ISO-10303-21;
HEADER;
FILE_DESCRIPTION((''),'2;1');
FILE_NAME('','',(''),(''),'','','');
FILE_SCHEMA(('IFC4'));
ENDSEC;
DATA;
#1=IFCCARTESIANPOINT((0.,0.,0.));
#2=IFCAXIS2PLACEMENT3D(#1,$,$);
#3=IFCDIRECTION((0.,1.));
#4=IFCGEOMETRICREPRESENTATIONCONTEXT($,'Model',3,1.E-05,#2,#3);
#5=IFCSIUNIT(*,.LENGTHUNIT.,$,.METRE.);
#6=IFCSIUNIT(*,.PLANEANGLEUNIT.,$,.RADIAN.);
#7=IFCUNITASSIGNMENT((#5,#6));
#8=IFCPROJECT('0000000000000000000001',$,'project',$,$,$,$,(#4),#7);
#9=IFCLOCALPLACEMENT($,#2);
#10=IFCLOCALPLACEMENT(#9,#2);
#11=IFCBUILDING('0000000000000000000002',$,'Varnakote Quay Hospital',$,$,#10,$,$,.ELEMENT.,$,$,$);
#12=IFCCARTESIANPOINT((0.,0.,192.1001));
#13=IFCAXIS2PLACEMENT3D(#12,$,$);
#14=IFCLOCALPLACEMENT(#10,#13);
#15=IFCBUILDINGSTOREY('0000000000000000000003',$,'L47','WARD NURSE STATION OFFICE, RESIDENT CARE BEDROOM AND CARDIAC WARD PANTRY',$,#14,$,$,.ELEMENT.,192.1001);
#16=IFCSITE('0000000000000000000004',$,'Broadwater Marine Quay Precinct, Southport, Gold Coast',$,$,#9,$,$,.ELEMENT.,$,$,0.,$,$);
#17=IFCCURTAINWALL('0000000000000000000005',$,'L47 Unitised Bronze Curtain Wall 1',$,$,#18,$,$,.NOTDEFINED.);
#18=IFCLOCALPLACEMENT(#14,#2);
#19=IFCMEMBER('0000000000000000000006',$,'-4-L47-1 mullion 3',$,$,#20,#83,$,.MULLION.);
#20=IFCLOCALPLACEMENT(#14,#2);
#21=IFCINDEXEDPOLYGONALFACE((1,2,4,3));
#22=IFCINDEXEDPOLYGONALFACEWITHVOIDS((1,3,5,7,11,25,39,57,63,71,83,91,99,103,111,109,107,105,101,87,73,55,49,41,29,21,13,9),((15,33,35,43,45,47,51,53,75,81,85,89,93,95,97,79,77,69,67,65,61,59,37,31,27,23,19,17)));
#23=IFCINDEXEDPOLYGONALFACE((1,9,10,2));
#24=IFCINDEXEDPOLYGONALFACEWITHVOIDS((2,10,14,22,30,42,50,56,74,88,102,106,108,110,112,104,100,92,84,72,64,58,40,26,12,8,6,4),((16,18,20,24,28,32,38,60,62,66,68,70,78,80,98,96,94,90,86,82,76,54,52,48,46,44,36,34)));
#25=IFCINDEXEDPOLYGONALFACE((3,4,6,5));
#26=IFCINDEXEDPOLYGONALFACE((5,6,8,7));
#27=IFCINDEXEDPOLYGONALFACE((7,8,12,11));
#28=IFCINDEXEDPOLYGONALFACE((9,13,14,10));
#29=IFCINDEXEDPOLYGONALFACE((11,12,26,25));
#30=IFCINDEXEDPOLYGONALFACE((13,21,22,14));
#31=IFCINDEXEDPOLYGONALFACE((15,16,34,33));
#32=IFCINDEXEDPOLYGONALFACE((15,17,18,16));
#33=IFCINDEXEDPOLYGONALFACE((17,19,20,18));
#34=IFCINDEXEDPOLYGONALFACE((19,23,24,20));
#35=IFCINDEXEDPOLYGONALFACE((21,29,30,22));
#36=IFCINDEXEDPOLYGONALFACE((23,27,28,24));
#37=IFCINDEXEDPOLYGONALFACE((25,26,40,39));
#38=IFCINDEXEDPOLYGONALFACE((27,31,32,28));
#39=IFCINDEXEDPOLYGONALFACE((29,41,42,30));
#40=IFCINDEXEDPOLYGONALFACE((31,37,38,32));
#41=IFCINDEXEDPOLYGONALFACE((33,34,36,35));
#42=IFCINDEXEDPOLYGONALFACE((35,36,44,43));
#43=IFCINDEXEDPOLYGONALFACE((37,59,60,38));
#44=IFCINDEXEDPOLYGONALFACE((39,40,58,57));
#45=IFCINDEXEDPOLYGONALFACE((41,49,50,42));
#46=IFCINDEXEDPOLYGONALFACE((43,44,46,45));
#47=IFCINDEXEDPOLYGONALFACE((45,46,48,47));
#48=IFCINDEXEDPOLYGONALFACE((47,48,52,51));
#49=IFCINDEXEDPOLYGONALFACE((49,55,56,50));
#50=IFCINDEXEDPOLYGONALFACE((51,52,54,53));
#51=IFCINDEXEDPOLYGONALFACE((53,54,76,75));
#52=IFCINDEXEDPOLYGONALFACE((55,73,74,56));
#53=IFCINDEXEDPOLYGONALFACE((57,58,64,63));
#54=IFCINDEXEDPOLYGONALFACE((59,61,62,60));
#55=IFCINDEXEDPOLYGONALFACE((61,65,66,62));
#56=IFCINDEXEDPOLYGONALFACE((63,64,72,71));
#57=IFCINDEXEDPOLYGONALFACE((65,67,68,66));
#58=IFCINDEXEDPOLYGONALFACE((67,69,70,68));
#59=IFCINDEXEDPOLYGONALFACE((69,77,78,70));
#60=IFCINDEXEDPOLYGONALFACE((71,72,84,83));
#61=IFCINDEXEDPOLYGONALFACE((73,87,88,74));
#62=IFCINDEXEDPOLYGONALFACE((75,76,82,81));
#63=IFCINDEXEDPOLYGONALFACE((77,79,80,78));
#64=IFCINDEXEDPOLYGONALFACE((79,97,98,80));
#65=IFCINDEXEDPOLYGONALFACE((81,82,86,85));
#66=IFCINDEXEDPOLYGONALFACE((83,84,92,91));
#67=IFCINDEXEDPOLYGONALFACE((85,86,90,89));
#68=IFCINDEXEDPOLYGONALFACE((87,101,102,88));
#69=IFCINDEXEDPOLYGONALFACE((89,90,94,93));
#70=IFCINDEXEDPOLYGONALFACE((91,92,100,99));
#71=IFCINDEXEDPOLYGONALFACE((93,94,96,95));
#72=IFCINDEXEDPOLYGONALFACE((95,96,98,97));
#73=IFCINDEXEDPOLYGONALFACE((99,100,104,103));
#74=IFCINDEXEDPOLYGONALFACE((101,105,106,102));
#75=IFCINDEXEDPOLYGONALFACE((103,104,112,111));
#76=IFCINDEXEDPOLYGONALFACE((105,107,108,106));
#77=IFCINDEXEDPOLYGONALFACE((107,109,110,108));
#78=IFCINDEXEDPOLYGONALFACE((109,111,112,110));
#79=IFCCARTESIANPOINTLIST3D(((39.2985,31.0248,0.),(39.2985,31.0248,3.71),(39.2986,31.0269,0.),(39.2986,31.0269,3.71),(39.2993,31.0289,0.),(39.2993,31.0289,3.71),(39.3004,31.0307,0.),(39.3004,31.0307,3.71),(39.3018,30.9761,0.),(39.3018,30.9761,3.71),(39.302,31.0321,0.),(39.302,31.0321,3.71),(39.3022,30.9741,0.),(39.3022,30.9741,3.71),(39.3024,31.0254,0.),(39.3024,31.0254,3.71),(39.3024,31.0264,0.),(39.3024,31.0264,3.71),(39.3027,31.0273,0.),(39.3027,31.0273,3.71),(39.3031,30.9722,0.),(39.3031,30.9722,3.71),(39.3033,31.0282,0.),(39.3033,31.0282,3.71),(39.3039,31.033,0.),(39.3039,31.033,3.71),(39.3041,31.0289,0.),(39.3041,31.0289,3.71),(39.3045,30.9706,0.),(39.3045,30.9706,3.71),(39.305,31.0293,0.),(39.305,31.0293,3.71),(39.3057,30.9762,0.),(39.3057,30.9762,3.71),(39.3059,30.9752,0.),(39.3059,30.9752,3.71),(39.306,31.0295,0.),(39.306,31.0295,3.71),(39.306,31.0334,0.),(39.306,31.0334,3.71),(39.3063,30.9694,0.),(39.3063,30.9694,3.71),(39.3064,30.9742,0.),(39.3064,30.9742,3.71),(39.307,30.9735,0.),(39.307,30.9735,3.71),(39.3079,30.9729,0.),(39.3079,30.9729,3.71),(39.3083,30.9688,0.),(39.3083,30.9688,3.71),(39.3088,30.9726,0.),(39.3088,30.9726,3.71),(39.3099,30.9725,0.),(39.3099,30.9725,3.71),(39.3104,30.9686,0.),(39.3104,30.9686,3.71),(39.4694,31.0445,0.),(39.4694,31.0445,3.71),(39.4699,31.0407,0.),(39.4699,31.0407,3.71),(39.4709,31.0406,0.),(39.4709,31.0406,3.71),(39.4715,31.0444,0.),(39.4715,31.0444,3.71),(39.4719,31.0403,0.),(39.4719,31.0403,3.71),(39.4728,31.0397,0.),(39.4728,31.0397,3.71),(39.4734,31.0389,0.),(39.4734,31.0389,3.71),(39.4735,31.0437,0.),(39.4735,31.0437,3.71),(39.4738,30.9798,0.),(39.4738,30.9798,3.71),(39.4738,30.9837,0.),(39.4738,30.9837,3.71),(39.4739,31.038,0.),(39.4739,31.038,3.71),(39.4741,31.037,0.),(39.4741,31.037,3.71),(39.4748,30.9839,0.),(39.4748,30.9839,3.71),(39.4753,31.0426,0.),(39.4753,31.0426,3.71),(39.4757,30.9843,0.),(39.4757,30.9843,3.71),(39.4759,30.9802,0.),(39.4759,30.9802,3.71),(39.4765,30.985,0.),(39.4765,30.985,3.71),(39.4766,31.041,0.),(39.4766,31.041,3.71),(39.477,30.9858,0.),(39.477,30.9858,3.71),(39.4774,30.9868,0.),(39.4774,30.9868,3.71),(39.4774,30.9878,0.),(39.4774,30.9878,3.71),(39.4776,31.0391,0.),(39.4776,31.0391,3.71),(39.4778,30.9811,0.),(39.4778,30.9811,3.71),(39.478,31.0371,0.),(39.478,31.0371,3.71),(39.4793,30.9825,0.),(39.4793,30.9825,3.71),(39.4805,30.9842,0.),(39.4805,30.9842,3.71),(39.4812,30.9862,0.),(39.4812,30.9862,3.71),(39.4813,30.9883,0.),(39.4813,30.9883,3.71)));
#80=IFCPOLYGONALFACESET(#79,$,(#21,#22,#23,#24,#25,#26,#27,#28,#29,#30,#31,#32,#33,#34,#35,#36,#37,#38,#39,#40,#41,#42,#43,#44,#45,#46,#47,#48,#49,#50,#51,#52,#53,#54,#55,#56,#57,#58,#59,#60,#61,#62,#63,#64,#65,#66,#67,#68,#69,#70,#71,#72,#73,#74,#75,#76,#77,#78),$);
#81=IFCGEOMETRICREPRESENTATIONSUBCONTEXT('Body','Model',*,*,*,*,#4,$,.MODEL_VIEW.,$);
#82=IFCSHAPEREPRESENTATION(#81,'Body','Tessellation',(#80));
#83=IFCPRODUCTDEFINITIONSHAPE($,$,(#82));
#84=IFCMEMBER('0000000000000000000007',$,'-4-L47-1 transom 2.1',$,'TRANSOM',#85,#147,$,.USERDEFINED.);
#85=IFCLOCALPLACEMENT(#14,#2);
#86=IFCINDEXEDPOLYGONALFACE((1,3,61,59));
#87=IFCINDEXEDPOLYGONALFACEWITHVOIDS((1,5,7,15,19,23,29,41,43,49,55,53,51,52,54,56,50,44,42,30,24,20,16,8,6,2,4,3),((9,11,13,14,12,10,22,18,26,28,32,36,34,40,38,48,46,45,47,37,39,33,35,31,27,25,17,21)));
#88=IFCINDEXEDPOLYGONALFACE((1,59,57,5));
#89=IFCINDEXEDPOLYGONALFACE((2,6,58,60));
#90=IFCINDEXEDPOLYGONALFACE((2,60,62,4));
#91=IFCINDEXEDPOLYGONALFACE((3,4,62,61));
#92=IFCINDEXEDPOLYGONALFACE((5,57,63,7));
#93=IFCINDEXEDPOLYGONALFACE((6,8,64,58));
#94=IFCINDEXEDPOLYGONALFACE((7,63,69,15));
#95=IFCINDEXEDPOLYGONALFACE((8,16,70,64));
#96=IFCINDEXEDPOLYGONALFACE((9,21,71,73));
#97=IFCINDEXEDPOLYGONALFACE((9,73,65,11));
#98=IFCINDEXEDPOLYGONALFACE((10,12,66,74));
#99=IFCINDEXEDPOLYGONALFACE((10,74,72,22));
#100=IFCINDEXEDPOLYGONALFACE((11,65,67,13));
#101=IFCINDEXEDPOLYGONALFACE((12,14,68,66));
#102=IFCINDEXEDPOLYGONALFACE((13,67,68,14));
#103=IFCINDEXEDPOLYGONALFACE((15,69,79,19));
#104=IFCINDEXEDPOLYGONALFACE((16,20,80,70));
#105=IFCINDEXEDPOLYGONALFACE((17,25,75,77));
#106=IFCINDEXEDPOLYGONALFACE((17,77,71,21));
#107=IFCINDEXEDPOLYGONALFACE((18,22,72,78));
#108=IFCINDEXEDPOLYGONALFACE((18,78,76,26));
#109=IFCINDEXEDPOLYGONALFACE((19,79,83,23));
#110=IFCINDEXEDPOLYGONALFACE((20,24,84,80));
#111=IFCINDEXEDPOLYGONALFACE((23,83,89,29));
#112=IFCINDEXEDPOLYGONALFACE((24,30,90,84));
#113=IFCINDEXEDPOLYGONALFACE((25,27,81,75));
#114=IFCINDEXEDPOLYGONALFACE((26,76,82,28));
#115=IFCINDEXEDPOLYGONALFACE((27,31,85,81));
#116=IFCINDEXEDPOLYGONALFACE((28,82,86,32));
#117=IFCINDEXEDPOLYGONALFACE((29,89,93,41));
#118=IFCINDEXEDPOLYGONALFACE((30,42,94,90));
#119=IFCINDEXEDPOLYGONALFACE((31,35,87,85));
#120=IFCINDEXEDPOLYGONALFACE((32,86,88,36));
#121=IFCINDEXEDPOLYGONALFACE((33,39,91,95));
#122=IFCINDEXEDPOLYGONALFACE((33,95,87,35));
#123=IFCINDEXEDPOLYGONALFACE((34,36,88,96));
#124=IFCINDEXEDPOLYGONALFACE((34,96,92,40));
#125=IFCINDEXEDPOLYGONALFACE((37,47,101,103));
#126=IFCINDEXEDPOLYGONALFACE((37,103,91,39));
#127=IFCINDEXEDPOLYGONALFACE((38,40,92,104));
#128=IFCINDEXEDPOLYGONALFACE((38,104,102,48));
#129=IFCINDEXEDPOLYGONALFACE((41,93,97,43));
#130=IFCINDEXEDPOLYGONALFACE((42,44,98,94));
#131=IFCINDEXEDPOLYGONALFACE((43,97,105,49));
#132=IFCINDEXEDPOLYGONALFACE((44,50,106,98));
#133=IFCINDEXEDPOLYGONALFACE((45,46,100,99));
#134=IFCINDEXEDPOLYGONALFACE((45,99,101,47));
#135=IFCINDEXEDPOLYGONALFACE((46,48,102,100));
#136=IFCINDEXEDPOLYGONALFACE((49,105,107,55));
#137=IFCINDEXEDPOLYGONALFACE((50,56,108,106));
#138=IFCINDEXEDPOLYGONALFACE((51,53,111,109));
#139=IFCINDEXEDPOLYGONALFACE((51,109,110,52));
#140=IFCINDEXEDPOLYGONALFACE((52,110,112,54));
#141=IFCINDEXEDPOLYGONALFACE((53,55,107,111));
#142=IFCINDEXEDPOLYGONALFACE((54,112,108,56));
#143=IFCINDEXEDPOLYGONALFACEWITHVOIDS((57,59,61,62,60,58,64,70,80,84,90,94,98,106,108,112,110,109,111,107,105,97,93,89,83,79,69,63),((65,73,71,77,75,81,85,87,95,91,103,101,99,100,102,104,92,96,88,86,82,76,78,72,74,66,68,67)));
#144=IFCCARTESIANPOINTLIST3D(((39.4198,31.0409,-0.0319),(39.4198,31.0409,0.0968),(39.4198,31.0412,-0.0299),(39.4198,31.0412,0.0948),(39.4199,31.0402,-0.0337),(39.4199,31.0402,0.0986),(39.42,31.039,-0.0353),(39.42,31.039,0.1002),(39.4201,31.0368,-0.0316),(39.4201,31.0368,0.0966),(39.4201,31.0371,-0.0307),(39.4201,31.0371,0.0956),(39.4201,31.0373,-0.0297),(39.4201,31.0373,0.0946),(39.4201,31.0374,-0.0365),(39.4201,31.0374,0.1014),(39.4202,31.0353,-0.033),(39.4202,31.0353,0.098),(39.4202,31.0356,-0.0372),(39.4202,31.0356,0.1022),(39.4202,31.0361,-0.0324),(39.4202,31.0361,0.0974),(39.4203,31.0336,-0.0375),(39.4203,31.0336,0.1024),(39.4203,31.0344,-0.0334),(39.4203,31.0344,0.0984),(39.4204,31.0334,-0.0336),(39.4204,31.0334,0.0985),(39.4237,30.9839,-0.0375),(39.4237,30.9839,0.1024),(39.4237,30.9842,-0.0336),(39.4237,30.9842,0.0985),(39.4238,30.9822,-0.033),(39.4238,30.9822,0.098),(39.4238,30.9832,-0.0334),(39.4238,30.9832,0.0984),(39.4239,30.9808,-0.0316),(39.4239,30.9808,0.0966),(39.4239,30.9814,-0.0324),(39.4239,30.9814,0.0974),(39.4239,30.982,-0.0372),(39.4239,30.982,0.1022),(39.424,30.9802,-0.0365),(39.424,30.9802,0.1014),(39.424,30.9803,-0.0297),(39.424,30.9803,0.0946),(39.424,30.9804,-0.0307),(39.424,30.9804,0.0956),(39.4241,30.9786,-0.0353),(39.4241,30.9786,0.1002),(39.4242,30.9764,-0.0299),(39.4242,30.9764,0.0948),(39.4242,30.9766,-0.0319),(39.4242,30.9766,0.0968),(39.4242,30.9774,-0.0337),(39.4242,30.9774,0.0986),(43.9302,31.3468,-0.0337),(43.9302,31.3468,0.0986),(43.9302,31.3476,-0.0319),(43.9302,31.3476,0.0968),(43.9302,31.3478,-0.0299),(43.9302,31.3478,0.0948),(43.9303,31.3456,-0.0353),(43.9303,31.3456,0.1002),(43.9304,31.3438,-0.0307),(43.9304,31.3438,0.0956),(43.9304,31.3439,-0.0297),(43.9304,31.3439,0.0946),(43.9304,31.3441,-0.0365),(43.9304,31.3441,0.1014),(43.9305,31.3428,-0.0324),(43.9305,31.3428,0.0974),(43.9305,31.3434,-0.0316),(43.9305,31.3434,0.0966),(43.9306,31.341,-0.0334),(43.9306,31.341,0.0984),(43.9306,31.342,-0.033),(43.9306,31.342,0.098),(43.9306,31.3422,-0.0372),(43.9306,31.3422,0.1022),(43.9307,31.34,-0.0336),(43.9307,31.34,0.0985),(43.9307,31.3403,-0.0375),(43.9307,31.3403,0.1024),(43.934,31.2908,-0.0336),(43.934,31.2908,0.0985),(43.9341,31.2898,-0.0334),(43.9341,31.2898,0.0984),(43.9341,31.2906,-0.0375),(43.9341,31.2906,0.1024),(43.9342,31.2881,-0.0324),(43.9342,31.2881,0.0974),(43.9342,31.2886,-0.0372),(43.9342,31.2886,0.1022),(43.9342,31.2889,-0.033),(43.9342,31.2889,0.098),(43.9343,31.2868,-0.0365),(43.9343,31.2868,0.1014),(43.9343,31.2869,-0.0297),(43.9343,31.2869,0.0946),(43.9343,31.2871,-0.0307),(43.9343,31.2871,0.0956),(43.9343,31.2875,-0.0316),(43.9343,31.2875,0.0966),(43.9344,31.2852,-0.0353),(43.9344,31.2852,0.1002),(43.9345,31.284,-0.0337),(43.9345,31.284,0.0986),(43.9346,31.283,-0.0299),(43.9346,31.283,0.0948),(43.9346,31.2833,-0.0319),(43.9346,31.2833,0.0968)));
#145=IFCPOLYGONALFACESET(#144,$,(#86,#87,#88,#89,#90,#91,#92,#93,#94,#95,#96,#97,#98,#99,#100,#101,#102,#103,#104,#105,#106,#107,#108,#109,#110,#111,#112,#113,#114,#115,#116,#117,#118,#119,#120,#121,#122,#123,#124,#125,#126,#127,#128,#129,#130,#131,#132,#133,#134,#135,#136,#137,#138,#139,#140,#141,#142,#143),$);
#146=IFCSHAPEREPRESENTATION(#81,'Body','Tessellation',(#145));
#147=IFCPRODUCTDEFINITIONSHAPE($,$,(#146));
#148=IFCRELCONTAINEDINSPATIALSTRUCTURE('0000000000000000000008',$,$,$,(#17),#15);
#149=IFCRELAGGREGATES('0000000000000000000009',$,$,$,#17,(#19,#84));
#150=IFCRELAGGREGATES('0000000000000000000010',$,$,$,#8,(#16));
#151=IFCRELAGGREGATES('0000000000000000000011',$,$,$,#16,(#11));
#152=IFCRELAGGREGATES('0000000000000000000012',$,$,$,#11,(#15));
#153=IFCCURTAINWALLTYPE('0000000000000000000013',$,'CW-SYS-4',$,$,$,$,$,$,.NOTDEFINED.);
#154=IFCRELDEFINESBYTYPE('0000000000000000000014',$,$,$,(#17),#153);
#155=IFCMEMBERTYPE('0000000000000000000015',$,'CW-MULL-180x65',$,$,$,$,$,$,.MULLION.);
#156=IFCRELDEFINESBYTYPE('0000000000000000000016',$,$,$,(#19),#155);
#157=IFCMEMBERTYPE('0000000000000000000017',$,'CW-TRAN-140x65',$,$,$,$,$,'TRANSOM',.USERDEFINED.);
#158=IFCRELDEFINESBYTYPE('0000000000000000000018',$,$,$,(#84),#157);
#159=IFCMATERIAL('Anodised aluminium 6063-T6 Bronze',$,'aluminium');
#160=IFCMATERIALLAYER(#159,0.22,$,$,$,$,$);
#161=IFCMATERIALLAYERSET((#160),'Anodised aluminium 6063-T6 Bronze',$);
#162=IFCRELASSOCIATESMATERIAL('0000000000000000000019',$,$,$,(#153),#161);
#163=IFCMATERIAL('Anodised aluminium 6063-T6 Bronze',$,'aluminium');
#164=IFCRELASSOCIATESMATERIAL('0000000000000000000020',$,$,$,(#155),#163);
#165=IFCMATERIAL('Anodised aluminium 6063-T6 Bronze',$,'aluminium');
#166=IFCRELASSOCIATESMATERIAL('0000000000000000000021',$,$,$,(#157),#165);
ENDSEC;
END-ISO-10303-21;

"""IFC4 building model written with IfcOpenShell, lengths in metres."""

from ifc_helpers import new_model, si_unit, direction, frame, origin, origin_2d, place, context, subcontext, project, spatial, hollow_rectangle, extrude, material, layer, layer_set, material_profile, profile_set, type_object, element, aggregate, save


model = new_model("IFC4")

# Units and contexts
model_context = context("Model", 3, precision=1e-05, world=origin(), true_north=direction((0.0, 1.0)))
body_context = subcontext(model_context, "Body", "Model", "MODEL_VIEW")
ifc_project = project(units=[si_unit("LENGTHUNIT", "METRE"), si_unit("PLANEANGLEUNIT", "RADIAN")], contexts=[model_context])

# Site, building, storey
site_placement = place(None, origin())
site = spatial("IfcSite", under=ifc_project, at=site_placement, Name="Broadwater Marine Quay Precinct, Southport, Gold Coast", CompositionType="ELEMENT", RefElevation=0.0)
building_placement = place(site_placement, origin())
building = spatial("IfcBuilding", under=site, at=building_placement, Name="Varnakote Quay Hospital", CompositionType="ELEMENT")
storey_placement = place(building_placement, frame((0.0, 0.0, 192.1001)))
storey = spatial("IfcBuildingStorey", under=building, at=storey_placement, Name="L47", Description="WARD NURSE STATION OFFICE, RESIDENT CARE BEDROOM AND CARDIAC WARD PANTRY", CompositionType="ELEMENT", Elevation=192.1001)

# Curtain wall, members
ifc_material_1 = material(Name="Anodised aluminium 6063-T6 Bronze", Category="aluminium")
ifc_layer_1 = layer(ifc_material_1, 0.22)
ifc_layer_set_1 = layer_set([ifc_layer_1], Name="Anodised aluminium 6063-T6 Bronze")
curtain_wall_type = type_object("IfcCurtainWallType", Name="CW-SYS-4", PredefinedType="NOTDEFINED", material=ifc_layer_set_1)
curtain_wall_placement = place(storey_placement, origin())
curtain_wall = element("IfcCurtainWall", 1, at=curtain_wall_placement, inside=storey, type_object=curtain_wall_type, Name="L47 Unitised Bronze Curtain Wall 1", PredefinedType="NOTDEFINED")
ifc_material_2 = material(Name="Anodised aluminium 6063-T6 Bronze", Category="aluminium")
ifc_material_profile_1 = material_profile(ifc_material_2, hollow_rectangle(XDim=0.0649, YDim=0.1799, WallThickness=0.0039, InnerFilletRadius=0.0039, OuterFilletRadius=0.0081, at=origin_2d()), Name="CW-MULL-180x65")
ifc_profile_set_1 = profile_set([ifc_material_profile_1], Name="Anodised aluminium 6063-T6 Bronze")
member_type_1 = type_object("IfcMemberType", Name="CW-MULL-180x65", PredefinedType="MULLION", material=ifc_profile_set_1)
member_1_placement = place(storey_placement, frame((39.3899, 31.0066, 0.0), z_axis=(0.0, 0.0, 1.0), x_axis=(0.067842, -0.997696, 0.0)))
member_1 = element("IfcMember", 2, at=member_1_placement, type_object=member_type_1, Name="-4-L47-1 mullion 3", PredefinedType="MULLION", context=body_context, shape_type="SweptSolid", body=[
    extrude(hollow_rectangle(XDim=0.0649, YDim=0.1799, WallThickness=0.0039, InnerFilletRadius=0.0039, OuterFilletRadius=0.0081, at=origin_2d()), origin(), (0.0, 0.0, 1.0), 3.71),
])
ifc_material_3 = material(Name="Anodised aluminium 6063-T6 Bronze", Category="aluminium")
ifc_material_profile_2 = material_profile(ifc_material_3, hollow_rectangle(XDim=0.0649, YDim=0.1399, WallThickness=0.0039, InnerFilletRadius=0.0039, OuterFilletRadius=0.0076, at=origin_2d()), Name="CW-TRAN-140x65")
ifc_profile_set_2 = profile_set([ifc_material_profile_2], Name="Anodised aluminium 6063-T6 Bronze")
member_type_2 = type_object("IfcMemberType", Name="CW-TRAN-140x65", ElementType="TRANSOM", PredefinedType="USERDEFINED", material=ifc_profile_set_2)
member_2_placement = place(storey_placement, frame((43.9324, 31.3154, 0.0325), z_axis=(-0.997697, -0.067831, 0.0), x_axis=(0.067831, -0.997697, 0.0)))
member_2 = element("IfcMember", 3, at=member_2_placement, type_object=member_type_2, Name="-4-L47-1 transom 2.1", ObjectType="TRANSOM", PredefinedType="USERDEFINED", context=body_context, shape_type="SweptSolid", body=[
    extrude(hollow_rectangle(XDim=0.0649, YDim=0.1399, WallThickness=0.0039, InnerFilletRadius=0.0039, OuterFilletRadius=0.0076, at=origin_2d()), origin(), (0.0, 0.0, 1.0), 4.5208),
])
aggregate(curtain_wall, [member_1, member_2])

save(model, "model.ifc")
